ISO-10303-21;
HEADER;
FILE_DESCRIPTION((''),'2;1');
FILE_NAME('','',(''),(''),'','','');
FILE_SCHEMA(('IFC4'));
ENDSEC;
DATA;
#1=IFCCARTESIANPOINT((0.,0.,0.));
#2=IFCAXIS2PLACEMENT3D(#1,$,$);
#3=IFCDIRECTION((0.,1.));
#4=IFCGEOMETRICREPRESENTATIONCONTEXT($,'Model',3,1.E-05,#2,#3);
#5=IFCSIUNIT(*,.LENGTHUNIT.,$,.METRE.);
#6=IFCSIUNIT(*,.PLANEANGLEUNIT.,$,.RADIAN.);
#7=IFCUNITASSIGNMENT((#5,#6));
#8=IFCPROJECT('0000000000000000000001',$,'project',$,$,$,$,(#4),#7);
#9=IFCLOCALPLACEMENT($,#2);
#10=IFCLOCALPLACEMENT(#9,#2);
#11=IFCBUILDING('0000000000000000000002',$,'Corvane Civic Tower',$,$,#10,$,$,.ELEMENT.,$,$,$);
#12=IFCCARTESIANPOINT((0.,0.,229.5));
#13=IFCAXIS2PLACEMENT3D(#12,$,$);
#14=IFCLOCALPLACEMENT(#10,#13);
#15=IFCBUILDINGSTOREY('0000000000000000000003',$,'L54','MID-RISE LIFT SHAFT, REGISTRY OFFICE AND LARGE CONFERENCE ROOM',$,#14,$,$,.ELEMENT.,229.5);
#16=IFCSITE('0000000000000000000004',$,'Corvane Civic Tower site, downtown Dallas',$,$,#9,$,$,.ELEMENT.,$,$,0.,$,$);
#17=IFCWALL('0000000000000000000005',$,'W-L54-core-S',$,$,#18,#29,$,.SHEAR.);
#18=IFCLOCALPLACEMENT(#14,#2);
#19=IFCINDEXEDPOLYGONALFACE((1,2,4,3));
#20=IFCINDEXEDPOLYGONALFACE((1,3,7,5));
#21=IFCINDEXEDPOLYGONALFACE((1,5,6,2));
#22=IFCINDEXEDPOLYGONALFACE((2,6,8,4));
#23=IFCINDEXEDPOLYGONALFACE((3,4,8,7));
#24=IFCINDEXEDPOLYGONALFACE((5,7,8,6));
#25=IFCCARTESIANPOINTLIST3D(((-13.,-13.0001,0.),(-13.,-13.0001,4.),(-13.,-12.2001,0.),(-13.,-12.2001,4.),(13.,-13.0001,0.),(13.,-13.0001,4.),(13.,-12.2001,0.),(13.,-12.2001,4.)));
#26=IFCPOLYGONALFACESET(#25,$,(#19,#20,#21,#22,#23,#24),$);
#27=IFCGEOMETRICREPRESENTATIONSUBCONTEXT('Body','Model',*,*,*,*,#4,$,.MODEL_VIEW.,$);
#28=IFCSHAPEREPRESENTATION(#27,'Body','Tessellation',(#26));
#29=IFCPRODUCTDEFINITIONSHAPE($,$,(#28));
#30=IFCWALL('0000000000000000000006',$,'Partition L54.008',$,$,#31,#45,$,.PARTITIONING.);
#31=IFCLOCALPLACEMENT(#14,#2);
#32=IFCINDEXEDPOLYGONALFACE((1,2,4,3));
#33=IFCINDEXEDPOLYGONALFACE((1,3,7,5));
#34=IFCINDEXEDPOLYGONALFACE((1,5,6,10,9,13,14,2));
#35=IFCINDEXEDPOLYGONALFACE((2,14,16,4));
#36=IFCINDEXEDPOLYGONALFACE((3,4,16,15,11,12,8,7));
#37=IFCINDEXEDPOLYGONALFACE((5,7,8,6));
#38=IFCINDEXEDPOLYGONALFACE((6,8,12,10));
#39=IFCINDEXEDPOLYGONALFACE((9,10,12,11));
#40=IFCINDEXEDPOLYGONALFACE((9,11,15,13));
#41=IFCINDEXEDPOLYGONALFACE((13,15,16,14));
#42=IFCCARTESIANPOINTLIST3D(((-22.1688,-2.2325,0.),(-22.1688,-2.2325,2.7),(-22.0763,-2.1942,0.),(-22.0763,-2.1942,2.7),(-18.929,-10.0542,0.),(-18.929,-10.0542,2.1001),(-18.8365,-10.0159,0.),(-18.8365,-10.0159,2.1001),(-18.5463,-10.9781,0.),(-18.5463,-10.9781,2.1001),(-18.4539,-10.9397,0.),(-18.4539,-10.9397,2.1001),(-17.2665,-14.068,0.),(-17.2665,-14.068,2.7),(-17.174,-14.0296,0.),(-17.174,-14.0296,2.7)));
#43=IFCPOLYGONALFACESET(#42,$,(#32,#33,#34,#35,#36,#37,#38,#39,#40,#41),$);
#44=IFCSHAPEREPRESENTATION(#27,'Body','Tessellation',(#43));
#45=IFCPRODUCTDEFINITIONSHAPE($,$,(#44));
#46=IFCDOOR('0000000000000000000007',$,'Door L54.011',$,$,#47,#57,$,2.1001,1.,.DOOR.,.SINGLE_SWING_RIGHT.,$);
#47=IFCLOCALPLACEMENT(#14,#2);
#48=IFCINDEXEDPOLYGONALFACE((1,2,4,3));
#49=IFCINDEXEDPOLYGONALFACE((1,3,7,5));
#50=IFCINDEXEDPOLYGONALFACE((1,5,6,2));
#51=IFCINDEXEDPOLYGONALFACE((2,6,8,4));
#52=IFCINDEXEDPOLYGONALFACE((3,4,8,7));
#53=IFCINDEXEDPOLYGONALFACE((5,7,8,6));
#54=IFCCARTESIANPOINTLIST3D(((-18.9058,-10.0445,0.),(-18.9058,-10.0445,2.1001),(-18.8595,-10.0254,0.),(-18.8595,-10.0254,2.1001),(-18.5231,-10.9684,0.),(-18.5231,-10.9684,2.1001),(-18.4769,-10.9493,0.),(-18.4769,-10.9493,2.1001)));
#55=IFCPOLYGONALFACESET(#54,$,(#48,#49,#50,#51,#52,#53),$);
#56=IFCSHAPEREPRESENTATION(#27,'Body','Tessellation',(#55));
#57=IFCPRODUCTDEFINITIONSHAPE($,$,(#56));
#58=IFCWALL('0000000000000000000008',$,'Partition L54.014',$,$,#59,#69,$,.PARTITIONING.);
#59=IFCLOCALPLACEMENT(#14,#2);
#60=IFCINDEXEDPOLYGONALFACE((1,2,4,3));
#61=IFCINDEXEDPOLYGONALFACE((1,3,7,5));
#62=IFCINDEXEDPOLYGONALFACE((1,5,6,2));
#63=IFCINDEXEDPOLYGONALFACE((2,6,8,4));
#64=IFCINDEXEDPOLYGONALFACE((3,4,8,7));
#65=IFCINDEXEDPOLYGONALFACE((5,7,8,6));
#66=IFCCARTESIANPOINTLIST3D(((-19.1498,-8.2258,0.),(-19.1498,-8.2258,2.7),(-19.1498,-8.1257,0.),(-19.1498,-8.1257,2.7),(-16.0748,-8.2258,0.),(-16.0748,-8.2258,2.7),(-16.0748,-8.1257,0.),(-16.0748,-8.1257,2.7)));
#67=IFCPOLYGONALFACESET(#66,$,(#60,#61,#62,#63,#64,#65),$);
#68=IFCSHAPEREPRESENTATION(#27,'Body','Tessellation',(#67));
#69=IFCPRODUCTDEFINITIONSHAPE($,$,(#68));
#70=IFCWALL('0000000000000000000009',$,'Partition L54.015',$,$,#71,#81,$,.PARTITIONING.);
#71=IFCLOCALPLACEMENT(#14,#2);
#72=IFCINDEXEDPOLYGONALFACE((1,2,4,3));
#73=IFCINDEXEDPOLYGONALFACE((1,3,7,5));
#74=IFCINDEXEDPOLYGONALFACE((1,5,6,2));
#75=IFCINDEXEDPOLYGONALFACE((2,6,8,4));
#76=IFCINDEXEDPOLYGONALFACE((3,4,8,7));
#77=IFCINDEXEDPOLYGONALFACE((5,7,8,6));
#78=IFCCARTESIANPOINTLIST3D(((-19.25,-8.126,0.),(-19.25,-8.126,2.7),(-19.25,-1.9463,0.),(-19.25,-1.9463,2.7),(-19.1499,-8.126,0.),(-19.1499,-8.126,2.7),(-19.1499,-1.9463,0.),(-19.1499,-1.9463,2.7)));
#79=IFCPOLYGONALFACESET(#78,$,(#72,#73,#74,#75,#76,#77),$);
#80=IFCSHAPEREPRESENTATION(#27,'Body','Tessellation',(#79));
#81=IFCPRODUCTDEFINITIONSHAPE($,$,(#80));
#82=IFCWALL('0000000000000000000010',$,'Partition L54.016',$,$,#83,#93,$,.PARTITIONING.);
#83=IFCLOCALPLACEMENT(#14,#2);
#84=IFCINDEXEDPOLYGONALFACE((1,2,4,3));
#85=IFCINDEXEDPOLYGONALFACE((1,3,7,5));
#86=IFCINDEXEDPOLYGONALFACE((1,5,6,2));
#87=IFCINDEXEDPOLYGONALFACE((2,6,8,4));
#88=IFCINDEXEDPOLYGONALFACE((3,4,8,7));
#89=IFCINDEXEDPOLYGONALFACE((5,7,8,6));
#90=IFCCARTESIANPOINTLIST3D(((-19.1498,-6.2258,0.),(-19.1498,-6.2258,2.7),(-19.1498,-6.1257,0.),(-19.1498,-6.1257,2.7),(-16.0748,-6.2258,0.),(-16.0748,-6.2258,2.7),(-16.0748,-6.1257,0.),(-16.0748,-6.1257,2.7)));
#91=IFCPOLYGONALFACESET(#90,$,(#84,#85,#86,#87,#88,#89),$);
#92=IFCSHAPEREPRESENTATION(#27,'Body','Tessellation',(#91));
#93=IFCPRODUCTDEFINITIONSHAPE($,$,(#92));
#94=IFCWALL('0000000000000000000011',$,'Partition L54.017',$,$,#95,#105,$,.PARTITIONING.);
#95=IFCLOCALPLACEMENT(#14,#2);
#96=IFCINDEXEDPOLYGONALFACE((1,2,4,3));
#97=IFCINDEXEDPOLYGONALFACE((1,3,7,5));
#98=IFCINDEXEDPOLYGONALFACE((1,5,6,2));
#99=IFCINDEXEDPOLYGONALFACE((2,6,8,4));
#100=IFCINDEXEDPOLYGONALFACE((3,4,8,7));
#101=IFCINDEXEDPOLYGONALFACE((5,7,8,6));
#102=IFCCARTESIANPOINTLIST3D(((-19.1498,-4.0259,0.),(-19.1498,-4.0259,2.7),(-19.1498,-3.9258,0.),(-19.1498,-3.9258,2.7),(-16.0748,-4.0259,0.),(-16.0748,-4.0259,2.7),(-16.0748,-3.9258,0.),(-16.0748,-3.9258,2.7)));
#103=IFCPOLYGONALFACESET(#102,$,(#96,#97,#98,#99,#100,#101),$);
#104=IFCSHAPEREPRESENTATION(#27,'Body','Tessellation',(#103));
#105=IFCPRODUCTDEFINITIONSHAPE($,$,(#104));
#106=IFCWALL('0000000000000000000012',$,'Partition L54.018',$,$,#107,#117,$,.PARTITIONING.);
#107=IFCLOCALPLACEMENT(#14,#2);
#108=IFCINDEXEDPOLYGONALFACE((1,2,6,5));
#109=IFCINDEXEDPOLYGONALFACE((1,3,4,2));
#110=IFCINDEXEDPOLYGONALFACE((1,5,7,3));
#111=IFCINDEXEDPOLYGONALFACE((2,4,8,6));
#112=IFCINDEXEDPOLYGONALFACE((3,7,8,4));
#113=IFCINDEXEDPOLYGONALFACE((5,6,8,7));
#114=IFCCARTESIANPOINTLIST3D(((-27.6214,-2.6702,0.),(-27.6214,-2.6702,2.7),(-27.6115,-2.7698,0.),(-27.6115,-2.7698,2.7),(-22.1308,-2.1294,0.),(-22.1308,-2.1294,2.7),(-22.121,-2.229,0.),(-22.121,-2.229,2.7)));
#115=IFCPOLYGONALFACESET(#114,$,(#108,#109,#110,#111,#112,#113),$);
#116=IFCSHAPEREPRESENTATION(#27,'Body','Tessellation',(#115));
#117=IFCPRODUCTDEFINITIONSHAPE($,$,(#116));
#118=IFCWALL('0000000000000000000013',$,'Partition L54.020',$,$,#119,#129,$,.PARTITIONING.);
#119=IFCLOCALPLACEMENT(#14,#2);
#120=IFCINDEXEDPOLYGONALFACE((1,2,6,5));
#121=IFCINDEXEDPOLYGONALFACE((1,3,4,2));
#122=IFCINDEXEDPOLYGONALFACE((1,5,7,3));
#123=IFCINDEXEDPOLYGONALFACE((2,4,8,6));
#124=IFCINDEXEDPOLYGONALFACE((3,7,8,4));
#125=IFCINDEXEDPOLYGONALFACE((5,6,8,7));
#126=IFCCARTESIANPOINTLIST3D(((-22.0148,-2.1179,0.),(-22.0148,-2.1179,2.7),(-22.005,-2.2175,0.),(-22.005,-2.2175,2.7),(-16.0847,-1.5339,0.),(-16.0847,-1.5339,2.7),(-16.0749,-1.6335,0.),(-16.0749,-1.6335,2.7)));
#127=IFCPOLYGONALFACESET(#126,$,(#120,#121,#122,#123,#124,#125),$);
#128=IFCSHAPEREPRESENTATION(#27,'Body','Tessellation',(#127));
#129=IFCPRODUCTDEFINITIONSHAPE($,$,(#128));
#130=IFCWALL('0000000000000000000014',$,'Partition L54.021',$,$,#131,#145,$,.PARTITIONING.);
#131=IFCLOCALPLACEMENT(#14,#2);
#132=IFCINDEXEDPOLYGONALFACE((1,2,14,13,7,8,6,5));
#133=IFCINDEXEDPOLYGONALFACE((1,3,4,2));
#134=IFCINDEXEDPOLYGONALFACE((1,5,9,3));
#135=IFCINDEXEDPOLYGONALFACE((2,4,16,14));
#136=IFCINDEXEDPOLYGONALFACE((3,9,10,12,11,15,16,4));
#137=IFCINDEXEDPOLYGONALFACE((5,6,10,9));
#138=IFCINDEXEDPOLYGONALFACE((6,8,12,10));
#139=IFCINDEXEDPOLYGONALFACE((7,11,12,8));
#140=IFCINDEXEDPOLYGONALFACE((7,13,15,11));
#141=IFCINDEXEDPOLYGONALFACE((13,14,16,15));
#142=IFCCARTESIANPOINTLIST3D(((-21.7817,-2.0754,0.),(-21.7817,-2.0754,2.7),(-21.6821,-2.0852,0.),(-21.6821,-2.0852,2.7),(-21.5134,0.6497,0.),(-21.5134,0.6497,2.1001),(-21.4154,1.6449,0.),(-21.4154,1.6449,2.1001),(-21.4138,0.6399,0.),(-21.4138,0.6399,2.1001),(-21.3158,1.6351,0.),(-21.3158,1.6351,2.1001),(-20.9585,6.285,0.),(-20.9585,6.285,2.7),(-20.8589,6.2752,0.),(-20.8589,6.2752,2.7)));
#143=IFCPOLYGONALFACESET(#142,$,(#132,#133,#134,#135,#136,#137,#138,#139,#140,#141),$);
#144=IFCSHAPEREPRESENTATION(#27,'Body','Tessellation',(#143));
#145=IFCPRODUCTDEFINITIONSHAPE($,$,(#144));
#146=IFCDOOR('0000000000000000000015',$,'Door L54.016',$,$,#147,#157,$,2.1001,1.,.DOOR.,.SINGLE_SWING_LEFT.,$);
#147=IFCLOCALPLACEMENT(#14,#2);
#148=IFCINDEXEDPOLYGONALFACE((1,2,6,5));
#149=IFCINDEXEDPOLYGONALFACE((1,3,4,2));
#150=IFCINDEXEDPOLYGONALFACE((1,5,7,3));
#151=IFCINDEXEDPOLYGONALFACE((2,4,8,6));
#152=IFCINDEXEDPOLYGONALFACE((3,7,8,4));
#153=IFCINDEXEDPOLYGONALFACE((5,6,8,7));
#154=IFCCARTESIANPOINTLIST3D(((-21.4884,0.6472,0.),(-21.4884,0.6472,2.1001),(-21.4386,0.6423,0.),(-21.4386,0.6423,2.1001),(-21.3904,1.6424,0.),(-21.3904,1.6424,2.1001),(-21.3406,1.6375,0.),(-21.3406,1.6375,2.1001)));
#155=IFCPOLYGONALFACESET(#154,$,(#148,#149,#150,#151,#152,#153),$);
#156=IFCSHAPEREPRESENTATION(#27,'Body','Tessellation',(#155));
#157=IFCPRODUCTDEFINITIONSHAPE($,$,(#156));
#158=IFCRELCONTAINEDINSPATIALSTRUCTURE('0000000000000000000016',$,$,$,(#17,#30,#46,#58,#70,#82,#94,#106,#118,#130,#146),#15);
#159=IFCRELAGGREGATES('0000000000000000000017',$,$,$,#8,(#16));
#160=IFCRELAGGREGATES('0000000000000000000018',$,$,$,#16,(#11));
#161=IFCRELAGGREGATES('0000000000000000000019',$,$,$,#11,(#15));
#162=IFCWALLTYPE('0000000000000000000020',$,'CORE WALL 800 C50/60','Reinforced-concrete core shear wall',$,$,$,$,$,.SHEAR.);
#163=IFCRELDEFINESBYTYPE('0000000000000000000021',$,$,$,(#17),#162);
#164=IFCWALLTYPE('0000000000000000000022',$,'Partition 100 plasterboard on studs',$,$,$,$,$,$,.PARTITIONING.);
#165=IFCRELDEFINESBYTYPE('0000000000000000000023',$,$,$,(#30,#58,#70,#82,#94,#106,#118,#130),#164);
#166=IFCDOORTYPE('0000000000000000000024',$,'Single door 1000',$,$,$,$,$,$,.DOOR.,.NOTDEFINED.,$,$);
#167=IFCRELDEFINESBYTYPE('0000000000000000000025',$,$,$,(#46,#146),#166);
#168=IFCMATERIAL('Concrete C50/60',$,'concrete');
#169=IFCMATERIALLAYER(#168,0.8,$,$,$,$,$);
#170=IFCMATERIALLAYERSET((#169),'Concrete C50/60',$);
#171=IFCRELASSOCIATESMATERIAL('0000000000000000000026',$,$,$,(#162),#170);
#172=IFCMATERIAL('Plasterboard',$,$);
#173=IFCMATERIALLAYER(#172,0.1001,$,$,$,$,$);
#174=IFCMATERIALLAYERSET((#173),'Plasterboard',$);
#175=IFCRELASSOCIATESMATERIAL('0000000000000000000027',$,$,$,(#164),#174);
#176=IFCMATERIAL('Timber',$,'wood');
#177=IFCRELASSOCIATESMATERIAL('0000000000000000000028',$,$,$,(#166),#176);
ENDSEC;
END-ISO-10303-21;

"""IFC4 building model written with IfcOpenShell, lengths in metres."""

from ifc_helpers import new_model, si_unit, direction, frame, frame_2d, origin, place, context, subcontext, project, spatial, rectangle, extrude, material, layer, layer_set, type_object, element, fill, save


model = new_model("IFC4")

# Units and contexts
model_context = context("Model", 3, precision=1e-05, world=origin(), true_north=direction((0.0, 1.0)))
body_context = subcontext(model_context, "Body", "Model", "MODEL_VIEW")
ifc_project = project(units=[si_unit("LENGTHUNIT", "METRE"), si_unit("PLANEANGLEUNIT", "RADIAN")], contexts=[model_context])

# Site, building, storey
site_placement = place(None, origin())
site = spatial("IfcSite", under=ifc_project, at=site_placement, Name="Corvane Civic Tower site, downtown Dallas", CompositionType="ELEMENT", RefElevation=0.0)
building_placement = place(site_placement, origin())
building = spatial("IfcBuilding", under=site, at=building_placement, Name="Corvane Civic Tower", CompositionType="ELEMENT")
storey_placement = place(building_placement, frame((0.0, 0.0, 229.5)))
storey = spatial("IfcBuildingStorey", under=building, at=storey_placement, Name="L54", Description="MID-RISE LIFT SHAFT, REGISTRY OFFICE AND LARGE CONFERENCE ROOM", CompositionType="ELEMENT", Elevation=229.5)

# Wall
ifc_material_1 = material(Name="Concrete C50/60", Category="concrete")
ifc_layer_1 = layer(ifc_material_1, 0.8)
ifc_layer_set_1 = layer_set([ifc_layer_1], Name="Concrete C50/60")
wall_type_1 = type_object("IfcWallType", Name="CORE WALL 800 C50/60", Description="Reinforced-concrete core shear wall", PredefinedType="SHEAR", material=ifc_layer_set_1)
wall_1_placement = place(storey_placement, frame((-13.0, -12.6001, 0.0), z_axis=(0.0, 0.0, 1.0), x_axis=(1.0, 0.0, 0.0)))
element("IfcWall", 1, at=wall_1_placement, inside=storey, type_object=wall_type_1, Name="W-L54-core-S", PredefinedType="SHEAR", context=body_context, shape_type="SweptSolid", body=[
    extrude(rectangle(XDim=26.0, YDim=0.8, at=frame_2d((13.0, 0.0))), origin(), (0.0, 0.0, 1.0), 4.0),
])

# Wall, opening, door
ifc_material_2 = material(Name="Plasterboard")
ifc_layer_2 = layer(ifc_material_2, 0.1001)
ifc_layer_set_2 = layer_set([ifc_layer_2], Name="Plasterboard")
wall_type_2 = type_object("IfcWallType", Name="Partition 100 plasterboard on studs", PredefinedType="PARTITIONING", material=ifc_layer_set_2)
wall_2_placement = place(storey_placement, frame((-22.1226, -2.2134, 0.0), z_axis=(0.0, 0.0, 1.0), x_axis=(0.382679, -0.923881, 0.0)))
wall_2 = element("IfcWall", 2, at=wall_2_placement, inside=storey, type_object=wall_type_2, Name="Partition L54.008", PredefinedType="PARTITIONING", context=body_context, shape_type="SweptSolid", body=[
    extrude(rectangle(XDim=12.8105, YDim=0.1001, at=frame_2d((6.4053, 0.0))), origin(), (0.0, 0.0, 1.0), 2.7),
])
opening_1_placement = place(wall_2_placement, frame((8.4661, 0.0, 0.0)))
opening_1 = element("IfcOpeningElement", 3, at=opening_1_placement, cuts=wall_2, PredefinedType="OPENING", context=body_context, shape_type="SweptSolid", body=[
    extrude(rectangle(XDim=1.0, YDim=2.1001, at=frame_2d((0.5, 1.05))), frame((0.0, 0.0601, 0.0), z_axis=(0.0, -1.0, 0.0), x_axis=(1.0, 0.0, 0.0)), (0.0, 0.0, 1.0), 0.1201),
])
ifc_material_3 = material(Name="Timber", Category="wood")
door_type = type_object("IfcDoorType", Name="Single door 1000", OperationType="NOTDEFINED", PredefinedType="DOOR", material=ifc_material_3)
door_1_placement = place(opening_1_placement, frame((1.0, 0.0, 0.0), z_axis=(0.0, 0.0, 1.0), x_axis=(-1.0, 0.0, 0.0)))
door_1 = element("IfcDoor", 4, at=door_1_placement, inside=storey, type_object=door_type, Name="Door L54.011", OperationType="SINGLE_SWING_RIGHT", OverallHeight=2.1001, OverallWidth=1.0, PredefinedType="DOOR", context=body_context, shape_type="SweptSolid", body=[
    extrude(rectangle(XDim=1.0, YDim=2.1001, at=frame_2d((0.5, 1.05))), frame((0.0, 0.0249, 0.0), z_axis=(0.0, -1.0, 0.0), x_axis=(1.0, 0.0, 0.0)), (0.0, 0.0, 1.0), 0.05),
])
fill(opening_1, door_1)

# Walls
wall_3_placement = place(storey_placement, frame((-19.1499, -8.1758, 0.0), z_axis=(0.0, 0.0, 1.0), x_axis=(1.0, 0.0, 0.0)))
element("IfcWall", 5, at=wall_3_placement, inside=storey, type_object=wall_type_2, Name="Partition L54.014", PredefinedType="PARTITIONING", context=body_context, shape_type="SweptSolid", body=[
    extrude(rectangle(XDim=3.075, YDim=0.1001, at=frame_2d((1.5376, 0.0))), origin(), (0.0, 0.0, 1.0), 2.7),
])
wall_4_placement = place(storey_placement, frame((-19.2, -8.126, 0.0), z_axis=(0.0, 0.0, 1.0), x_axis=(0.0, 1.0, 0.0)))
element("IfcWall", 6, at=wall_4_placement, inside=storey, type_object=wall_type_2, Name="Partition L54.015", PredefinedType="PARTITIONING", context=body_context, shape_type="SweptSolid", body=[
    extrude(rectangle(XDim=6.1797, YDim=0.1001, at=frame_2d((3.0898, 0.0))), origin(), (0.0, 0.0, 1.0), 2.7),
])
for number, where, z_axis, x_axis, name in (
    (7, (-19.1499, -6.1758, 0.0), (0.0, 0.0, 1.0), (1.0, 0.0, 0.0), "Partition L54.016"),
    (8, (-19.1499, -3.9758, 0.0), (0.0, 0.0, 1.0), (1.0, 0.0, 0.0), "Partition L54.017"),
):
    element("IfcWall", number, at=place(storey_placement, frame(where, z_axis=z_axis, x_axis=x_axis)), inside=storey, type_object=wall_type_2, Name=name, PredefinedType="PARTITIONING", context=body_context, shape_type="SweptSolid", body=[
        extrude(rectangle(XDim=3.075, YDim=0.1001, at=frame_2d((1.5376, 0.0))), origin(), (0.0, 0.0, 1.0), 2.7),
    ])
wall_5_placement = place(storey_placement, frame((-27.6165, -2.72, 0.0), z_axis=(0.0, 0.0, 1.0), x_axis=(0.995185, 0.098018, 0.0)))
element("IfcWall", 9, at=wall_5_placement, inside=storey, type_object=wall_type_2, Name="Partition L54.018", PredefinedType="PARTITIONING", context=body_context, shape_type="SweptSolid", body=[
    extrude(rectangle(XDim=5.5171, YDim=0.1001, at=frame_2d((2.7585, 0.0))), origin(), (0.0, 0.0, 1.0), 2.7),
])
wall_6_placement = place(storey_placement, frame((-22.01, -2.1677, 0.0), z_axis=(0.0, 0.0, 1.0), x_axis=(0.995186, 0.098003, 0.0)))
element("IfcWall", 10, at=wall_6_placement, inside=storey, type_object=wall_type_2, Name="Partition L54.020", PredefinedType="PARTITIONING", context=body_context, shape_type="SweptSolid", body=[
    extrude(rectangle(XDim=5.9587, YDim=0.1001, at=frame_2d((2.9795, 0.0))), origin(), (0.0, 0.0, 1.0), 2.7),
])

# Wall, opening, door
wall_7_placement = place(storey_placement, frame((-21.7319, -2.0803, 0.0), z_axis=(0.0, 0.0, 1.0), x_axis=(0.097996, 0.995187, 0.0)))
wall_7 = element("IfcWall", 11, at=wall_7_placement, inside=storey, type_object=wall_type_2, Name="Partition L54.021", PredefinedType="PARTITIONING", context=body_context, shape_type="SweptSolid", body=[
    extrude(rectangle(XDim=8.4009, YDim=0.1001, at=frame_2d((4.2004, 0.0))), origin(), (0.0, 0.0, 1.0), 2.7),
])
opening_2_placement = place(wall_7_placement, frame((2.7383, 0.0, 0.0)))
opening_2 = element("IfcOpeningElement", 12, at=opening_2_placement, cuts=wall_7, PredefinedType="OPENING", context=body_context, shape_type="SweptSolid", body=[
    extrude(rectangle(XDim=1.0, YDim=2.1001, at=frame_2d((0.5, 1.05))), frame((0.0, 0.0601, 0.0), z_axis=(0.0, -1.0, 0.0), x_axis=(1.0, 0.0, 0.0)), (0.0, 0.0, 1.0), 0.1201),
])
door_2_placement = place(opening_2_placement, origin())
door_2 = element("IfcDoor", 13, at=door_2_placement, inside=storey, type_object=door_type, Name="Door L54.016", OperationType="SINGLE_SWING_LEFT", OverallHeight=2.1001, OverallWidth=1.0, PredefinedType="DOOR", context=body_context, shape_type="SweptSolid", body=[
    extrude(rectangle(XDim=1.0, YDim=2.1001, at=frame_2d((0.5, 1.05))), frame((0.0, 0.0249, 0.0), z_axis=(0.0, -1.0, 0.0), x_axis=(1.0, 0.0, 0.0)), (0.0, 0.0, 1.0), 0.05),
])
fill(opening_2, door_2)

save(model, "model.ifc")
